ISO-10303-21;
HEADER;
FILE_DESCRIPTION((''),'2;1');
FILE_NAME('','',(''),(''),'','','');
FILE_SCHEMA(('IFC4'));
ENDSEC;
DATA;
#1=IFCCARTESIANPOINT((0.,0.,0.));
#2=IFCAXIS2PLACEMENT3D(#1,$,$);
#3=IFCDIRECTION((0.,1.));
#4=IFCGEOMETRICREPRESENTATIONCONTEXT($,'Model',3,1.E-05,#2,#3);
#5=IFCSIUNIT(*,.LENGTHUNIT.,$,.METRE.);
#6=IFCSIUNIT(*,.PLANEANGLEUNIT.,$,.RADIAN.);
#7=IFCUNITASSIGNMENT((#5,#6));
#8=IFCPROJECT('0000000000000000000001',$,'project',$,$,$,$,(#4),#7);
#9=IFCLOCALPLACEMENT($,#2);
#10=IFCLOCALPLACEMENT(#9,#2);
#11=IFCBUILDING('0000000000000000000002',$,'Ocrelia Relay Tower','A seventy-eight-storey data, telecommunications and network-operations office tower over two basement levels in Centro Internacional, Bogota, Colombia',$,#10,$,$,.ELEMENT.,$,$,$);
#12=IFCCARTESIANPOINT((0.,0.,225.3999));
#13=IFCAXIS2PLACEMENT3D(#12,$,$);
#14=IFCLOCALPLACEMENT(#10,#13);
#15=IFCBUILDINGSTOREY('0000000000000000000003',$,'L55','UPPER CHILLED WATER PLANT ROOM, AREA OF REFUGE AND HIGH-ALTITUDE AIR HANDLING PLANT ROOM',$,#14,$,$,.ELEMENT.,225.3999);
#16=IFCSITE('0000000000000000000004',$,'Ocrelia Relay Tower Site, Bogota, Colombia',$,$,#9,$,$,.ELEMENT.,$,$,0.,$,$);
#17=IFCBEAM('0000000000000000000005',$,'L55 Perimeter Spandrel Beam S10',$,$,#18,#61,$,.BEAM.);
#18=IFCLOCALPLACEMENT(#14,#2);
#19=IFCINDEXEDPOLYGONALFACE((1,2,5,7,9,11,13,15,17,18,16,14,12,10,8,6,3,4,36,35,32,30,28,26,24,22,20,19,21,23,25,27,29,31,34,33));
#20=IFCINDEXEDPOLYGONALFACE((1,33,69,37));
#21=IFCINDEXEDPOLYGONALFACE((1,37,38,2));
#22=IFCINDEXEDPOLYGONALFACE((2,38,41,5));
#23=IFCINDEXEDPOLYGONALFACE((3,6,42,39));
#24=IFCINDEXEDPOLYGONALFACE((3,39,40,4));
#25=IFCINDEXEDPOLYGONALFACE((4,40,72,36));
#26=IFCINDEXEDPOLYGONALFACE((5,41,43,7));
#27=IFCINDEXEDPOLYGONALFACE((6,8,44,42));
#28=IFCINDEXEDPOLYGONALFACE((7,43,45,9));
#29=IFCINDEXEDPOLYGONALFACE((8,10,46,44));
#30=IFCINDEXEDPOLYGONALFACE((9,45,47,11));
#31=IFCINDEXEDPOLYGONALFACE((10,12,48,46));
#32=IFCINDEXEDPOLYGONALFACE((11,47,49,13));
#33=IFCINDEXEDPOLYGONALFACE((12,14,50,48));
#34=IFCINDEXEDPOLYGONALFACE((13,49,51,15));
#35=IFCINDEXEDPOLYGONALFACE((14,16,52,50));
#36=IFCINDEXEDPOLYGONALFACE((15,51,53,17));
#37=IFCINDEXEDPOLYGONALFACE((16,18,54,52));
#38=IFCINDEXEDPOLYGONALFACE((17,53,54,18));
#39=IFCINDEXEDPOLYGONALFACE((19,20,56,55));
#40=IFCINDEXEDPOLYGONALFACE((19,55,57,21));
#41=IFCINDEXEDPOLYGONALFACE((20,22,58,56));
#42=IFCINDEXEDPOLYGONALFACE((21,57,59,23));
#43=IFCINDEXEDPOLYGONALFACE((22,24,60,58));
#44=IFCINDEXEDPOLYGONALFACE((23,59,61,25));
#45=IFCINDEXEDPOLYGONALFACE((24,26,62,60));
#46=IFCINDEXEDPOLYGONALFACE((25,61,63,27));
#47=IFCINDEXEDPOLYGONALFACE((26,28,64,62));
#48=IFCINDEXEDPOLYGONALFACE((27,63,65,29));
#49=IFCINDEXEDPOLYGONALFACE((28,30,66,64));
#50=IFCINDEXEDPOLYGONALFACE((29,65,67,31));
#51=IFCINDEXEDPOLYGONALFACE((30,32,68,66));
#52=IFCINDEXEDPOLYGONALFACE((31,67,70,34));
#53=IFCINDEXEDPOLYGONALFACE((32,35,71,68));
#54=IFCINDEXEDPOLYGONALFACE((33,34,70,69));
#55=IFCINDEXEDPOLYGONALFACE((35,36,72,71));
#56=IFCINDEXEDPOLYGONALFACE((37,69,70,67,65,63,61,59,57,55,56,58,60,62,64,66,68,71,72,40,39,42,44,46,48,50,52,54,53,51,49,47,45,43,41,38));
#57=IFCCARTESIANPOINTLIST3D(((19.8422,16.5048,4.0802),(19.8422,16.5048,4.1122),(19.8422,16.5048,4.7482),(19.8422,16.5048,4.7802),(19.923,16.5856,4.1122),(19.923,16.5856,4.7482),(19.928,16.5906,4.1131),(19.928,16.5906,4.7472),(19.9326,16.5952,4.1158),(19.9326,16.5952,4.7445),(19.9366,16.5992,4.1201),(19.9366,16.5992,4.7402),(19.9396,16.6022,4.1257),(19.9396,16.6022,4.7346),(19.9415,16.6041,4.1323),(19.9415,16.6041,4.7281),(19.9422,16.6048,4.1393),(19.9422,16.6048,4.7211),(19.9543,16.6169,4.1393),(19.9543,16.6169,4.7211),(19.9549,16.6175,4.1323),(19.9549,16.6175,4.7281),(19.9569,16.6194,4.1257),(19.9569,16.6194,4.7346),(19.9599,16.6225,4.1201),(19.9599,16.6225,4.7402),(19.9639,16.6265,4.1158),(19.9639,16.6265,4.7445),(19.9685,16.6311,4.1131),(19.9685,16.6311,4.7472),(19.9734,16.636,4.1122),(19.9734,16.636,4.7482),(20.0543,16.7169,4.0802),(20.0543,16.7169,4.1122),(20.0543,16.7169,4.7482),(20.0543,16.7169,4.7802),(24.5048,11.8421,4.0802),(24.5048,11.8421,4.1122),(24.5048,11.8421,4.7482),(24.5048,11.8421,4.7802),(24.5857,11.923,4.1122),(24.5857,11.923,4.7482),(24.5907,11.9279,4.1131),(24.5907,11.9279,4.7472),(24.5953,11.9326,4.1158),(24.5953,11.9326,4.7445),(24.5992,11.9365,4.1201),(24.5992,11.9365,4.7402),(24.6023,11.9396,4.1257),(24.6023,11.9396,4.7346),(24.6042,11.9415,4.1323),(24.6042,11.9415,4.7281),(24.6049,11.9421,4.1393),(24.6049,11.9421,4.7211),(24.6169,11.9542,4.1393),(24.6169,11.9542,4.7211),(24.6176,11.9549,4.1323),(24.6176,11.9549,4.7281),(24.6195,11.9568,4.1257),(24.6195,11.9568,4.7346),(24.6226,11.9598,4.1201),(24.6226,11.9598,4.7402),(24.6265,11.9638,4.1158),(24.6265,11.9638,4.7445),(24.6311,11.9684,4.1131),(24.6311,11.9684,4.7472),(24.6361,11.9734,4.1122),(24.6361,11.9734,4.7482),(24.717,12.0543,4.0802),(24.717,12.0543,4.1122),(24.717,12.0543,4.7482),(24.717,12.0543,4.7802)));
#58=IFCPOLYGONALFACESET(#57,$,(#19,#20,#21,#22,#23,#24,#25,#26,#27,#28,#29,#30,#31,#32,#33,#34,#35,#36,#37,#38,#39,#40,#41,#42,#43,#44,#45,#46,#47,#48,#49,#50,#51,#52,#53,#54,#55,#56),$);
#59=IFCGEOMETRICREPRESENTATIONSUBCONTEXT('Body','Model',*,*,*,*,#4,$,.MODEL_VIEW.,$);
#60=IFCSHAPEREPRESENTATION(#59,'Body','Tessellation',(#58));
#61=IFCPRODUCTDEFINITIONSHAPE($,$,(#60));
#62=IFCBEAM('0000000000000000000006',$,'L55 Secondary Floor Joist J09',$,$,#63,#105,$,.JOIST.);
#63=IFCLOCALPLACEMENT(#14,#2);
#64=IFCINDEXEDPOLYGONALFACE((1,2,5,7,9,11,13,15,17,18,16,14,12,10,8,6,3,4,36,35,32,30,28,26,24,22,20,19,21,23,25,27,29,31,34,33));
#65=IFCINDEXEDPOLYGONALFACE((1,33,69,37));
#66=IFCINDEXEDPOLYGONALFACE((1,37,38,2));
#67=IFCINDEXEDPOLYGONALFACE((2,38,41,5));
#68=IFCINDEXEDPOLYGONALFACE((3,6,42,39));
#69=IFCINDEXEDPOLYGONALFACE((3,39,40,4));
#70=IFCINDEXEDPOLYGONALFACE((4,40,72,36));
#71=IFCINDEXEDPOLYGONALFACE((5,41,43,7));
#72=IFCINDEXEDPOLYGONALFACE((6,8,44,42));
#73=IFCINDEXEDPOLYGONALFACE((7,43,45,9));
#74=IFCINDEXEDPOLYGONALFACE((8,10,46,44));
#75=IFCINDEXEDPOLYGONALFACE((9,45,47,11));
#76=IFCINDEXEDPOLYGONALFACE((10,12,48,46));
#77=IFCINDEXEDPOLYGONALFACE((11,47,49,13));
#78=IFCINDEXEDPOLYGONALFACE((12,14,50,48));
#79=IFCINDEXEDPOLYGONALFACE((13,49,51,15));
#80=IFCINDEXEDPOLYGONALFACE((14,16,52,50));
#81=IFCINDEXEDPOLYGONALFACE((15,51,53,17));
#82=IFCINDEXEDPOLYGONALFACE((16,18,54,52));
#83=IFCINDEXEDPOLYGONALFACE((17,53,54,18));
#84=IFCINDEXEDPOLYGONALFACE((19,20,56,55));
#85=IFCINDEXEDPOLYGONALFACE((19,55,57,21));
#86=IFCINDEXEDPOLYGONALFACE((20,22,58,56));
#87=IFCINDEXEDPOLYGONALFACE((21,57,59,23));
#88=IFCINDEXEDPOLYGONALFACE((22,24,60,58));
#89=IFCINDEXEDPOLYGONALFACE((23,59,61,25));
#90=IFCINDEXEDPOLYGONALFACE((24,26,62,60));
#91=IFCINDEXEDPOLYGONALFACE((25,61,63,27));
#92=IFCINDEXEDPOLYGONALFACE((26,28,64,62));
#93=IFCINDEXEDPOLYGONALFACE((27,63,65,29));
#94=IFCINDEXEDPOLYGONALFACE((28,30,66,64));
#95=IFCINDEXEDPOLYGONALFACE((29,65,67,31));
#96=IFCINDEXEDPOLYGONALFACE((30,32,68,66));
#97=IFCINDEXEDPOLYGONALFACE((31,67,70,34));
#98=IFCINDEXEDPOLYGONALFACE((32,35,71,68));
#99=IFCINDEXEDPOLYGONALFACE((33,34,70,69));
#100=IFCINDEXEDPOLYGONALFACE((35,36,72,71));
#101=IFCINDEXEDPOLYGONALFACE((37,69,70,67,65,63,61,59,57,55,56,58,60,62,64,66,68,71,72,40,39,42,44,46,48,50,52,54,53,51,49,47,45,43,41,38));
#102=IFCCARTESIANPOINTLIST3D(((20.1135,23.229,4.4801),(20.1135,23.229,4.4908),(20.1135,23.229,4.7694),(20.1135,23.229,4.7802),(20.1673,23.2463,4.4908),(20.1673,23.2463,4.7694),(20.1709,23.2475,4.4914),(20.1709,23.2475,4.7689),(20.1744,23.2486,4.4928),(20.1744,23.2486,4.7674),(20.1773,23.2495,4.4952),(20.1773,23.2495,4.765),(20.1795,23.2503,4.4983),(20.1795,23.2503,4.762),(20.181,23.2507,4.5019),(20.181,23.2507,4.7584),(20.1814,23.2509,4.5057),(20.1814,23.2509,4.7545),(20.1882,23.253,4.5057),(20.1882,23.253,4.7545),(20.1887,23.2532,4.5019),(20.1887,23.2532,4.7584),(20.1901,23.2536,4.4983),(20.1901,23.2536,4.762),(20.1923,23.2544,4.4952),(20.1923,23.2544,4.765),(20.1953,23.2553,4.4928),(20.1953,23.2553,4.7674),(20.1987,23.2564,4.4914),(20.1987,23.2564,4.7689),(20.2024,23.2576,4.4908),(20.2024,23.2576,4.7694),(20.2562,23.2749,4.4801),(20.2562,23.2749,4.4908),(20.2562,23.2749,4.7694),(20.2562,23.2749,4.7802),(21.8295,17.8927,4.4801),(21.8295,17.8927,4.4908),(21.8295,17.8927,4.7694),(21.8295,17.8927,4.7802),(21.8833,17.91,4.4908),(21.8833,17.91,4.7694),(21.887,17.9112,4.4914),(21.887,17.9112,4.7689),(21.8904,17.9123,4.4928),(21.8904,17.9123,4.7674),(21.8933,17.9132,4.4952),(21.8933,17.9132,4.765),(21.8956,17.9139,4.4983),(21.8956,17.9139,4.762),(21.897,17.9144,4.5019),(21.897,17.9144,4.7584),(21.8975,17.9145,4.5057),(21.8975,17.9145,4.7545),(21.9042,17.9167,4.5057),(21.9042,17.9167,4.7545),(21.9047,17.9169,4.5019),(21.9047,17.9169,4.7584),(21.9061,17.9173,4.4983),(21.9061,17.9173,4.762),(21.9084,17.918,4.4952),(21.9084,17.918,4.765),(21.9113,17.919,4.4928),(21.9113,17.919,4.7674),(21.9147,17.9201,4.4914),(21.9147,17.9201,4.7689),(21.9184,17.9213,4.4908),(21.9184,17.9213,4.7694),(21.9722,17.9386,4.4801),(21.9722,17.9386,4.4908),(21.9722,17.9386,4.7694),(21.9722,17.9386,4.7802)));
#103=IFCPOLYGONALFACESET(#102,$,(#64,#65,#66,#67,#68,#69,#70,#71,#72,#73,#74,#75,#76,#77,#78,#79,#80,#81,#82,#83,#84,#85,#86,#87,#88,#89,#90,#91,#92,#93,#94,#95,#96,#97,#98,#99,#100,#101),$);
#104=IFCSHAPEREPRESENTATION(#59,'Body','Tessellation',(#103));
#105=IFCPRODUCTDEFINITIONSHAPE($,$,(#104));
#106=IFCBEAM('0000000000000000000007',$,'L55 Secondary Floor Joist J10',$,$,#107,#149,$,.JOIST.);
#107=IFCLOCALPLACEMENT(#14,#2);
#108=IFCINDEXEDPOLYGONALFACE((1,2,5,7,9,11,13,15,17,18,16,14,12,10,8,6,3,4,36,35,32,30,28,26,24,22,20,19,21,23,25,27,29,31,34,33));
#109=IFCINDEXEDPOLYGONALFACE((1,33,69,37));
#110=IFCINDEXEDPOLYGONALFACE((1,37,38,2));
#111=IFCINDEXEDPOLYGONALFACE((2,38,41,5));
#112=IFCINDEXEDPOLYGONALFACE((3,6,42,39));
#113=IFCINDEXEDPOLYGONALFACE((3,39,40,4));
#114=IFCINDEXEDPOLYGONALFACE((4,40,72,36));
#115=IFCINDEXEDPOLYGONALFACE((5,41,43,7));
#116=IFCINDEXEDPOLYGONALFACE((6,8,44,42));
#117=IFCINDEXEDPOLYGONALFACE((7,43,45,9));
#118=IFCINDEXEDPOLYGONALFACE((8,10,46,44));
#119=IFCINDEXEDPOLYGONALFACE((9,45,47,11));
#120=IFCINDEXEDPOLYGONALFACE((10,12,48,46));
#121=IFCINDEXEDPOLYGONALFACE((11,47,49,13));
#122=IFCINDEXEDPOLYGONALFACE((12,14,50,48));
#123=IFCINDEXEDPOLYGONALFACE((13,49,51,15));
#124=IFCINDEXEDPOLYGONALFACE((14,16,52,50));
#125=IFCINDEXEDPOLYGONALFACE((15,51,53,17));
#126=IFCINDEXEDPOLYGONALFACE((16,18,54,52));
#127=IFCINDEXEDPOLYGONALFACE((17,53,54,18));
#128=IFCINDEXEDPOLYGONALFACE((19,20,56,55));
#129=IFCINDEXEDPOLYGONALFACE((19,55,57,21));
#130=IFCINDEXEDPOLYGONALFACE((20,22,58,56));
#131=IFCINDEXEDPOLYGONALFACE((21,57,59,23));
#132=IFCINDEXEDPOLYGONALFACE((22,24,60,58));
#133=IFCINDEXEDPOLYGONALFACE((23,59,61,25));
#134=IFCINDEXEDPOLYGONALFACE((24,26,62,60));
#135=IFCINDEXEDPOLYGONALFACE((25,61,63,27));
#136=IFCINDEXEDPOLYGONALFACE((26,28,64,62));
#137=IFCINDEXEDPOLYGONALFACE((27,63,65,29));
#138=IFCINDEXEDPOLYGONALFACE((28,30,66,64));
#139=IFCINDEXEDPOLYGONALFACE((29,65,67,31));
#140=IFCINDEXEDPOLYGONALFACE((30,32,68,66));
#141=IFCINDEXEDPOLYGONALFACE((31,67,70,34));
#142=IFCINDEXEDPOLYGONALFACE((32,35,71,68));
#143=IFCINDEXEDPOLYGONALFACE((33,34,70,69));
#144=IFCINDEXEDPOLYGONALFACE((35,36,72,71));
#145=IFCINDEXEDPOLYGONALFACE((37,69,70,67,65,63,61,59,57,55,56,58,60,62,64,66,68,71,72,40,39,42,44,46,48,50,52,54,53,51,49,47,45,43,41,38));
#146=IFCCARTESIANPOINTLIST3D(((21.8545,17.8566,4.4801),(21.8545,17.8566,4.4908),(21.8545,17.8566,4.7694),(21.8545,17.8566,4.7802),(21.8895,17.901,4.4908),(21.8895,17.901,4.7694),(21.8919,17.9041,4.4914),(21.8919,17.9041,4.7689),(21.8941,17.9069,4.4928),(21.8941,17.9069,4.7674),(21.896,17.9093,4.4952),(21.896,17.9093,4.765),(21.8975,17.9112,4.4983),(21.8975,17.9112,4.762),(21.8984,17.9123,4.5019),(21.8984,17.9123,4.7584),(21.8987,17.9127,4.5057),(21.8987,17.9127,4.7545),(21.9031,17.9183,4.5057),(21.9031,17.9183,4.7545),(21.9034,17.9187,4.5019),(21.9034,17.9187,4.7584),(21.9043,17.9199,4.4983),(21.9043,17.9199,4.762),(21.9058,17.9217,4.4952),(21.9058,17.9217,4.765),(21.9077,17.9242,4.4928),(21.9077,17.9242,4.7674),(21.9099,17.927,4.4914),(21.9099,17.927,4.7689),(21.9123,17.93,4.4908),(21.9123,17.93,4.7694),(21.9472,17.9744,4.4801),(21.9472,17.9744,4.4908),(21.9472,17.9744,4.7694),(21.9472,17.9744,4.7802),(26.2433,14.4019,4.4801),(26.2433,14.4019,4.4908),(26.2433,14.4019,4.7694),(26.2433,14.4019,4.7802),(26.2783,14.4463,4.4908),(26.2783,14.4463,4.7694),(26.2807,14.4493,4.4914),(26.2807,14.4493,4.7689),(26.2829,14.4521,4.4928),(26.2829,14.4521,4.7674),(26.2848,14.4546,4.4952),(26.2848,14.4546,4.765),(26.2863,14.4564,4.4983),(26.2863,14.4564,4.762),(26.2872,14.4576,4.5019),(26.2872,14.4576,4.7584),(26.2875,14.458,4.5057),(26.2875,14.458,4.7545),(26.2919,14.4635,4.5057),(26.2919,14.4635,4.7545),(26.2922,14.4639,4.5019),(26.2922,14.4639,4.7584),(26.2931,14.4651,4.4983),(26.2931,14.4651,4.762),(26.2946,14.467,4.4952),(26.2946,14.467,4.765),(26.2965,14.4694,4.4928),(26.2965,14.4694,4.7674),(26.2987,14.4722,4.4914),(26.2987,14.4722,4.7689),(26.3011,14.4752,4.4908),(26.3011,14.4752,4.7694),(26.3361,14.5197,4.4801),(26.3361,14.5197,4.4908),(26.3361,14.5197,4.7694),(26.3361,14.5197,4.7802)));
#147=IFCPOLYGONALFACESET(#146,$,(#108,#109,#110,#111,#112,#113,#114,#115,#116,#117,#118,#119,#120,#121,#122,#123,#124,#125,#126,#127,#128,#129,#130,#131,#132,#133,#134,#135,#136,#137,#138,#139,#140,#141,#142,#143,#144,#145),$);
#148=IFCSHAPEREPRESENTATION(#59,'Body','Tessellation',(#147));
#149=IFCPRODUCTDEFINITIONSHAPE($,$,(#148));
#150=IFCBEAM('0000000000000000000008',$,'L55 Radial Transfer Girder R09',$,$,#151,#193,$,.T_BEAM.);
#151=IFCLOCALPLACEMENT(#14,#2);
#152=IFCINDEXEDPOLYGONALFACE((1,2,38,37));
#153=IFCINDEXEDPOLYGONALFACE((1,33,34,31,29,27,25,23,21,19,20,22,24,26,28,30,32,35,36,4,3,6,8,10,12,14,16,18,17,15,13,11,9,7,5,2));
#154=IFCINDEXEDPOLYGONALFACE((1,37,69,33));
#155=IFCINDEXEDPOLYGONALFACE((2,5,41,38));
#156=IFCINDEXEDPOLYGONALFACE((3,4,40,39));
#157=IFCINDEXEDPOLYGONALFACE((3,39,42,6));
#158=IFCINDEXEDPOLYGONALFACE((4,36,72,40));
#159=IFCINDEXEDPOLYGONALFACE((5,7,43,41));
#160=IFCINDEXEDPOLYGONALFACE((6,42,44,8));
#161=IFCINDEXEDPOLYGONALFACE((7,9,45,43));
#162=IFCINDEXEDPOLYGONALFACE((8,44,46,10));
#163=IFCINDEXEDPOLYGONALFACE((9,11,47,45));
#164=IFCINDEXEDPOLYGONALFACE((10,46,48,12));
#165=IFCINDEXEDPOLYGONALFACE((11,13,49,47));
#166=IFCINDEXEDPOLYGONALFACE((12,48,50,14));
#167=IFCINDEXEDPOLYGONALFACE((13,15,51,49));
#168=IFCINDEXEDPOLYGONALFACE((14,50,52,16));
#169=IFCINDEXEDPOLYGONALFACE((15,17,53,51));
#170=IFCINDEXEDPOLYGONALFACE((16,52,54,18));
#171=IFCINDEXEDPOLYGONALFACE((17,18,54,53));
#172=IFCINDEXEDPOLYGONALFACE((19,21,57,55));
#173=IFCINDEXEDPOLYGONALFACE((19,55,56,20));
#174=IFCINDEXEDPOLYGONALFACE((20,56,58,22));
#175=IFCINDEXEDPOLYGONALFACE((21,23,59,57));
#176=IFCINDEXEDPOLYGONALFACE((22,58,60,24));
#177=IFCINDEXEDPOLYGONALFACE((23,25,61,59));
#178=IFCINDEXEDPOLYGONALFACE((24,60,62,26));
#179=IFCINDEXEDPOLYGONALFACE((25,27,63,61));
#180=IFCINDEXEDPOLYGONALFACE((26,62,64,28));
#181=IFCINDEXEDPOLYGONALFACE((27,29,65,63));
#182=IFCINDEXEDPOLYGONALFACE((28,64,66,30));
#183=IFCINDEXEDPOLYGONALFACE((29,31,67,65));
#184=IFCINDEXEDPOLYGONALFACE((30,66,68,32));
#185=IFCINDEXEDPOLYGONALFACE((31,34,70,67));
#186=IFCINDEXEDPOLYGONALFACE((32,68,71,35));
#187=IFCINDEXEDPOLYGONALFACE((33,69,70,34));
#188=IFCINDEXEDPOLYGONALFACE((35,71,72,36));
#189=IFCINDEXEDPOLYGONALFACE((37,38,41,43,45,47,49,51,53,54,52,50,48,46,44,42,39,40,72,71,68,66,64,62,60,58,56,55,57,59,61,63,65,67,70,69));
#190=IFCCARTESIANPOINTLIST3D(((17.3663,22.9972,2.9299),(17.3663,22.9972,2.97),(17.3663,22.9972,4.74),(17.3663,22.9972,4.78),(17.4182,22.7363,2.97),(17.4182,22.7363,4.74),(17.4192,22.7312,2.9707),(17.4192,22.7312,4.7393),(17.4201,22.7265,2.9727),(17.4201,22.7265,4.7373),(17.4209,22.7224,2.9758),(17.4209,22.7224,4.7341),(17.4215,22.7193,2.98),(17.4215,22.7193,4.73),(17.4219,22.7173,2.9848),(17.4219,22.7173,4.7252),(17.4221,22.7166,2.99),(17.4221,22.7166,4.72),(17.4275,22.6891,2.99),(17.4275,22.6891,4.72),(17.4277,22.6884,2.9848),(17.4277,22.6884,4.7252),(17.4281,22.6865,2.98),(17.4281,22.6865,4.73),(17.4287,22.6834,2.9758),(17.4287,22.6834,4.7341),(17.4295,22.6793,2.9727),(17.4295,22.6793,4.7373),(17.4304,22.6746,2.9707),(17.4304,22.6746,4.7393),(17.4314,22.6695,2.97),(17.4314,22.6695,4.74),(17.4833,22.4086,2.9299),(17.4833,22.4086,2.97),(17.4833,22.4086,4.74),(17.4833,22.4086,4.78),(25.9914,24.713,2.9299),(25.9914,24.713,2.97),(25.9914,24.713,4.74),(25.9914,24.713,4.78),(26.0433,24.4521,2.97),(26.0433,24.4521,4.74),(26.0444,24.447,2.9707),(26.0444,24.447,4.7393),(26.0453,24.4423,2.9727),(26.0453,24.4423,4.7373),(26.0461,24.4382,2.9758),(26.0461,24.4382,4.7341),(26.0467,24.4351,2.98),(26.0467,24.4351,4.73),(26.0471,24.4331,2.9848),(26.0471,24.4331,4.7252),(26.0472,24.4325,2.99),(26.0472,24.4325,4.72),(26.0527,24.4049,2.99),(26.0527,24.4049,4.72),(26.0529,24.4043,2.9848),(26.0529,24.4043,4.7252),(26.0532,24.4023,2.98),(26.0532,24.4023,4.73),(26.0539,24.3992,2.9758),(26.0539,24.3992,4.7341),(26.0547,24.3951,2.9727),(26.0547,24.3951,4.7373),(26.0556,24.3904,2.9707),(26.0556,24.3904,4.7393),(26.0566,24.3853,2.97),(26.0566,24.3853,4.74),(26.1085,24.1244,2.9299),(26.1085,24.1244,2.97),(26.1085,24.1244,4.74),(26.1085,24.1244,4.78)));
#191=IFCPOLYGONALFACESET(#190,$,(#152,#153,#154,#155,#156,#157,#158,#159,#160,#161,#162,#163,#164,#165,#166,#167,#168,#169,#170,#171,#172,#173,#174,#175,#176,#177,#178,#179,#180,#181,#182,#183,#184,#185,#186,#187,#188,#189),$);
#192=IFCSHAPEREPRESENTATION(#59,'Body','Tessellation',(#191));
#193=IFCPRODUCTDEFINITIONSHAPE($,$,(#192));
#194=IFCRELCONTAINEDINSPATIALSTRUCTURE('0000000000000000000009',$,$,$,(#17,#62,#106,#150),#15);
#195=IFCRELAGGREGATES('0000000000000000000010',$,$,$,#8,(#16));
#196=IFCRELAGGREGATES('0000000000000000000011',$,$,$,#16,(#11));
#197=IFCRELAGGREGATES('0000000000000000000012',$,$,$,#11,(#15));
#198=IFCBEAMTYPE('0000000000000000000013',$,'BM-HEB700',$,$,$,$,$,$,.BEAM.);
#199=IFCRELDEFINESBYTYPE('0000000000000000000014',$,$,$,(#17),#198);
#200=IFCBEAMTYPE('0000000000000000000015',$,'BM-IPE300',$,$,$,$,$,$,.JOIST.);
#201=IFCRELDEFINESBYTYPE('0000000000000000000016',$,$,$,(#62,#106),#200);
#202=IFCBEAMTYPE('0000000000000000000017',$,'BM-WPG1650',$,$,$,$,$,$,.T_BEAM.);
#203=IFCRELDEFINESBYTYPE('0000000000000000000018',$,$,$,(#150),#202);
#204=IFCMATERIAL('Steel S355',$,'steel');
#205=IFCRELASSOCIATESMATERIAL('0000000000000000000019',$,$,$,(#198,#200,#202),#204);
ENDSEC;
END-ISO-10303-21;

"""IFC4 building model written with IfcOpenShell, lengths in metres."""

from ifc_helpers import new_model, si_unit, direction, frame, origin, origin_2d, place, context, subcontext, project, spatial, i_section, extrude, material, material_profile, profile_set, type_object, element, save


model = new_model("IFC4")

# Units and contexts
model_context = context("Model", 3, precision=1e-05, world=origin(), true_north=direction((0.0, 1.0)))
body_context = subcontext(model_context, "Body", "Model", "MODEL_VIEW")
ifc_project = project(units=[si_unit("LENGTHUNIT", "METRE"), si_unit("PLANEANGLEUNIT", "RADIAN")], contexts=[model_context])

# Site, building, storey
site_placement = place(None, origin())
site = spatial("IfcSite", under=ifc_project, at=site_placement, Name="Ocrelia Relay Tower Site, Bogota, Colombia", CompositionType="ELEMENT", RefElevation=0.0)
building_placement = place(site_placement, origin())
building = spatial("IfcBuilding", under=site, at=building_placement, Name="Ocrelia Relay Tower", Description="A seventy-eight-storey data, telecommunications and network-operations office tower over two basement levels in Centro Internacional, Bogota, Colombia", CompositionType="ELEMENT")
storey_placement = place(building_placement, frame((0.0, 0.0, 225.3999)))
storey = spatial("IfcBuildingStorey", under=building, at=storey_placement, Name="L55", Description="UPPER CHILLED WATER PLANT ROOM, AREA OF REFUGE AND HIGH-ALTITUDE AIR HANDLING PLANT ROOM", CompositionType="ELEMENT", Elevation=225.3999)

# Beams
ifc_material_1 = material(Name="Steel S355", Category="steel")
ifc_material_profile_1 = material_profile(ifc_material_1, i_section(OverallWidth=0.3, OverallDepth=0.7, WebThickness=0.0171, FlangeThickness=0.032, FilletRadius=0.0271, at=origin_2d()), Name="HEB 700")
ifc_profile_set_1 = profile_set([ifc_material_profile_1], Name="Steel S355")
beam_type_1 = type_object("IfcBeamType", Name="BM-HEB700", PredefinedType="BEAM", material=ifc_profile_set_1)
for number, where, z_axis, x_axis, name in (
    (1, (19.9482, 16.6108, 4.4302), (0.707107, -0.707107, 0.0), (0.707107, 0.707107, 0.0), "L55 Perimeter Spandrel Beam S10"),
):
    element("IfcBeam", number, at=place(storey_placement, frame(where, z_axis=z_axis, x_axis=x_axis)), inside=storey, type_object=beam_type_1, Name=name, PredefinedType="BEAM", context=body_context, shape_type="SweptSolid", body=[
        extrude(i_section(OverallWidth=0.3, OverallDepth=0.7, WebThickness=0.0171, FlangeThickness=0.032, FilletRadius=0.0271, at=origin_2d()), origin(), (0.0, 0.0, 1.0), 6.594),
    ])
ifc_material_profile_2 = material_profile(ifc_material_1, i_section(OverallWidth=0.1499, OverallDepth=0.3, WebThickness=0.0071, FlangeThickness=0.0107, FilletRadius=0.0149, at=origin_2d()), Name="IPE 300")
ifc_profile_set_2 = profile_set([ifc_material_profile_2], Name="Steel S355")
beam_type_2 = type_object("IfcBeamType", Name="BM-IPE300", PredefinedType="JOIST", material=ifc_profile_set_2)
beam_1_placement = place(storey_placement, frame((20.1848, 23.252, 4.6301), z_axis=(0.306136, -0.951988, 0.0), x_axis=(0.951988, 0.306136, 0.0)))
element("IfcBeam", 2, at=beam_1_placement, inside=storey, type_object=beam_type_2, Name="L55 Secondary Floor Joist J09", PredefinedType="JOIST", context=body_context, shape_type="SweptSolid", body=[
    extrude(i_section(OverallWidth=0.1499, OverallDepth=0.3, WebThickness=0.0071, FlangeThickness=0.0107, FilletRadius=0.0149, at=origin_2d()), origin(), (0.0, 0.0, 1.0), 5.6055),
])
beam_2_placement = place(storey_placement, frame((21.9009, 17.9155, 4.6301), z_axis=(0.785761, -0.61853, 0.0), x_axis=(0.61853, 0.785761, 0.0)))
element("IfcBeam", 3, at=beam_2_placement, inside=storey, type_object=beam_type_2, Name="L55 Secondary Floor Joist J10", PredefinedType="JOIST", context=body_context, shape_type="SweptSolid", body=[
    extrude(i_section(OverallWidth=0.1499, OverallDepth=0.3, WebThickness=0.0071, FlangeThickness=0.0107, FilletRadius=0.0149, at=origin_2d()), origin(), (0.0, 0.0, 1.0), 5.5854),
])
ifc_material_profile_3 = material_profile(ifc_material_1, i_section(OverallWidth=0.6001, OverallDepth=1.8501, WebThickness=0.0281, FlangeThickness=0.04, FilletRadius=0.02, at=origin_2d()), Name="WPG 1850x600")
ifc_profile_set_3 = profile_set([ifc_material_profile_3], Name="Steel S355")
beam_type_3 = type_object("IfcBeamType", Name="BM-WPG1650", PredefinedType="T_BEAM", material=ifc_profile_set_3)
beam_3_placement = place(storey_placement, frame((17.4248, 22.7029, 3.855), z_axis=(0.980782, 0.195107, 0.0), x_axis=(-0.195107, 0.980782, 0.0)))
element("IfcBeam", 4, at=beam_3_placement, inside=storey, type_object=beam_type_3, Name="L55 Radial Transfer Girder R09", PredefinedType="T_BEAM", context=body_context, shape_type="SweptSolid", body=[
    extrude(i_section(OverallWidth=0.6001, OverallDepth=1.8501, WebThickness=0.0281, FlangeThickness=0.04, FilletRadius=0.02, at=origin_2d()), origin(), (0.0, 0.0, 1.0), 8.7942),
])

save(model, "model.ifc")
